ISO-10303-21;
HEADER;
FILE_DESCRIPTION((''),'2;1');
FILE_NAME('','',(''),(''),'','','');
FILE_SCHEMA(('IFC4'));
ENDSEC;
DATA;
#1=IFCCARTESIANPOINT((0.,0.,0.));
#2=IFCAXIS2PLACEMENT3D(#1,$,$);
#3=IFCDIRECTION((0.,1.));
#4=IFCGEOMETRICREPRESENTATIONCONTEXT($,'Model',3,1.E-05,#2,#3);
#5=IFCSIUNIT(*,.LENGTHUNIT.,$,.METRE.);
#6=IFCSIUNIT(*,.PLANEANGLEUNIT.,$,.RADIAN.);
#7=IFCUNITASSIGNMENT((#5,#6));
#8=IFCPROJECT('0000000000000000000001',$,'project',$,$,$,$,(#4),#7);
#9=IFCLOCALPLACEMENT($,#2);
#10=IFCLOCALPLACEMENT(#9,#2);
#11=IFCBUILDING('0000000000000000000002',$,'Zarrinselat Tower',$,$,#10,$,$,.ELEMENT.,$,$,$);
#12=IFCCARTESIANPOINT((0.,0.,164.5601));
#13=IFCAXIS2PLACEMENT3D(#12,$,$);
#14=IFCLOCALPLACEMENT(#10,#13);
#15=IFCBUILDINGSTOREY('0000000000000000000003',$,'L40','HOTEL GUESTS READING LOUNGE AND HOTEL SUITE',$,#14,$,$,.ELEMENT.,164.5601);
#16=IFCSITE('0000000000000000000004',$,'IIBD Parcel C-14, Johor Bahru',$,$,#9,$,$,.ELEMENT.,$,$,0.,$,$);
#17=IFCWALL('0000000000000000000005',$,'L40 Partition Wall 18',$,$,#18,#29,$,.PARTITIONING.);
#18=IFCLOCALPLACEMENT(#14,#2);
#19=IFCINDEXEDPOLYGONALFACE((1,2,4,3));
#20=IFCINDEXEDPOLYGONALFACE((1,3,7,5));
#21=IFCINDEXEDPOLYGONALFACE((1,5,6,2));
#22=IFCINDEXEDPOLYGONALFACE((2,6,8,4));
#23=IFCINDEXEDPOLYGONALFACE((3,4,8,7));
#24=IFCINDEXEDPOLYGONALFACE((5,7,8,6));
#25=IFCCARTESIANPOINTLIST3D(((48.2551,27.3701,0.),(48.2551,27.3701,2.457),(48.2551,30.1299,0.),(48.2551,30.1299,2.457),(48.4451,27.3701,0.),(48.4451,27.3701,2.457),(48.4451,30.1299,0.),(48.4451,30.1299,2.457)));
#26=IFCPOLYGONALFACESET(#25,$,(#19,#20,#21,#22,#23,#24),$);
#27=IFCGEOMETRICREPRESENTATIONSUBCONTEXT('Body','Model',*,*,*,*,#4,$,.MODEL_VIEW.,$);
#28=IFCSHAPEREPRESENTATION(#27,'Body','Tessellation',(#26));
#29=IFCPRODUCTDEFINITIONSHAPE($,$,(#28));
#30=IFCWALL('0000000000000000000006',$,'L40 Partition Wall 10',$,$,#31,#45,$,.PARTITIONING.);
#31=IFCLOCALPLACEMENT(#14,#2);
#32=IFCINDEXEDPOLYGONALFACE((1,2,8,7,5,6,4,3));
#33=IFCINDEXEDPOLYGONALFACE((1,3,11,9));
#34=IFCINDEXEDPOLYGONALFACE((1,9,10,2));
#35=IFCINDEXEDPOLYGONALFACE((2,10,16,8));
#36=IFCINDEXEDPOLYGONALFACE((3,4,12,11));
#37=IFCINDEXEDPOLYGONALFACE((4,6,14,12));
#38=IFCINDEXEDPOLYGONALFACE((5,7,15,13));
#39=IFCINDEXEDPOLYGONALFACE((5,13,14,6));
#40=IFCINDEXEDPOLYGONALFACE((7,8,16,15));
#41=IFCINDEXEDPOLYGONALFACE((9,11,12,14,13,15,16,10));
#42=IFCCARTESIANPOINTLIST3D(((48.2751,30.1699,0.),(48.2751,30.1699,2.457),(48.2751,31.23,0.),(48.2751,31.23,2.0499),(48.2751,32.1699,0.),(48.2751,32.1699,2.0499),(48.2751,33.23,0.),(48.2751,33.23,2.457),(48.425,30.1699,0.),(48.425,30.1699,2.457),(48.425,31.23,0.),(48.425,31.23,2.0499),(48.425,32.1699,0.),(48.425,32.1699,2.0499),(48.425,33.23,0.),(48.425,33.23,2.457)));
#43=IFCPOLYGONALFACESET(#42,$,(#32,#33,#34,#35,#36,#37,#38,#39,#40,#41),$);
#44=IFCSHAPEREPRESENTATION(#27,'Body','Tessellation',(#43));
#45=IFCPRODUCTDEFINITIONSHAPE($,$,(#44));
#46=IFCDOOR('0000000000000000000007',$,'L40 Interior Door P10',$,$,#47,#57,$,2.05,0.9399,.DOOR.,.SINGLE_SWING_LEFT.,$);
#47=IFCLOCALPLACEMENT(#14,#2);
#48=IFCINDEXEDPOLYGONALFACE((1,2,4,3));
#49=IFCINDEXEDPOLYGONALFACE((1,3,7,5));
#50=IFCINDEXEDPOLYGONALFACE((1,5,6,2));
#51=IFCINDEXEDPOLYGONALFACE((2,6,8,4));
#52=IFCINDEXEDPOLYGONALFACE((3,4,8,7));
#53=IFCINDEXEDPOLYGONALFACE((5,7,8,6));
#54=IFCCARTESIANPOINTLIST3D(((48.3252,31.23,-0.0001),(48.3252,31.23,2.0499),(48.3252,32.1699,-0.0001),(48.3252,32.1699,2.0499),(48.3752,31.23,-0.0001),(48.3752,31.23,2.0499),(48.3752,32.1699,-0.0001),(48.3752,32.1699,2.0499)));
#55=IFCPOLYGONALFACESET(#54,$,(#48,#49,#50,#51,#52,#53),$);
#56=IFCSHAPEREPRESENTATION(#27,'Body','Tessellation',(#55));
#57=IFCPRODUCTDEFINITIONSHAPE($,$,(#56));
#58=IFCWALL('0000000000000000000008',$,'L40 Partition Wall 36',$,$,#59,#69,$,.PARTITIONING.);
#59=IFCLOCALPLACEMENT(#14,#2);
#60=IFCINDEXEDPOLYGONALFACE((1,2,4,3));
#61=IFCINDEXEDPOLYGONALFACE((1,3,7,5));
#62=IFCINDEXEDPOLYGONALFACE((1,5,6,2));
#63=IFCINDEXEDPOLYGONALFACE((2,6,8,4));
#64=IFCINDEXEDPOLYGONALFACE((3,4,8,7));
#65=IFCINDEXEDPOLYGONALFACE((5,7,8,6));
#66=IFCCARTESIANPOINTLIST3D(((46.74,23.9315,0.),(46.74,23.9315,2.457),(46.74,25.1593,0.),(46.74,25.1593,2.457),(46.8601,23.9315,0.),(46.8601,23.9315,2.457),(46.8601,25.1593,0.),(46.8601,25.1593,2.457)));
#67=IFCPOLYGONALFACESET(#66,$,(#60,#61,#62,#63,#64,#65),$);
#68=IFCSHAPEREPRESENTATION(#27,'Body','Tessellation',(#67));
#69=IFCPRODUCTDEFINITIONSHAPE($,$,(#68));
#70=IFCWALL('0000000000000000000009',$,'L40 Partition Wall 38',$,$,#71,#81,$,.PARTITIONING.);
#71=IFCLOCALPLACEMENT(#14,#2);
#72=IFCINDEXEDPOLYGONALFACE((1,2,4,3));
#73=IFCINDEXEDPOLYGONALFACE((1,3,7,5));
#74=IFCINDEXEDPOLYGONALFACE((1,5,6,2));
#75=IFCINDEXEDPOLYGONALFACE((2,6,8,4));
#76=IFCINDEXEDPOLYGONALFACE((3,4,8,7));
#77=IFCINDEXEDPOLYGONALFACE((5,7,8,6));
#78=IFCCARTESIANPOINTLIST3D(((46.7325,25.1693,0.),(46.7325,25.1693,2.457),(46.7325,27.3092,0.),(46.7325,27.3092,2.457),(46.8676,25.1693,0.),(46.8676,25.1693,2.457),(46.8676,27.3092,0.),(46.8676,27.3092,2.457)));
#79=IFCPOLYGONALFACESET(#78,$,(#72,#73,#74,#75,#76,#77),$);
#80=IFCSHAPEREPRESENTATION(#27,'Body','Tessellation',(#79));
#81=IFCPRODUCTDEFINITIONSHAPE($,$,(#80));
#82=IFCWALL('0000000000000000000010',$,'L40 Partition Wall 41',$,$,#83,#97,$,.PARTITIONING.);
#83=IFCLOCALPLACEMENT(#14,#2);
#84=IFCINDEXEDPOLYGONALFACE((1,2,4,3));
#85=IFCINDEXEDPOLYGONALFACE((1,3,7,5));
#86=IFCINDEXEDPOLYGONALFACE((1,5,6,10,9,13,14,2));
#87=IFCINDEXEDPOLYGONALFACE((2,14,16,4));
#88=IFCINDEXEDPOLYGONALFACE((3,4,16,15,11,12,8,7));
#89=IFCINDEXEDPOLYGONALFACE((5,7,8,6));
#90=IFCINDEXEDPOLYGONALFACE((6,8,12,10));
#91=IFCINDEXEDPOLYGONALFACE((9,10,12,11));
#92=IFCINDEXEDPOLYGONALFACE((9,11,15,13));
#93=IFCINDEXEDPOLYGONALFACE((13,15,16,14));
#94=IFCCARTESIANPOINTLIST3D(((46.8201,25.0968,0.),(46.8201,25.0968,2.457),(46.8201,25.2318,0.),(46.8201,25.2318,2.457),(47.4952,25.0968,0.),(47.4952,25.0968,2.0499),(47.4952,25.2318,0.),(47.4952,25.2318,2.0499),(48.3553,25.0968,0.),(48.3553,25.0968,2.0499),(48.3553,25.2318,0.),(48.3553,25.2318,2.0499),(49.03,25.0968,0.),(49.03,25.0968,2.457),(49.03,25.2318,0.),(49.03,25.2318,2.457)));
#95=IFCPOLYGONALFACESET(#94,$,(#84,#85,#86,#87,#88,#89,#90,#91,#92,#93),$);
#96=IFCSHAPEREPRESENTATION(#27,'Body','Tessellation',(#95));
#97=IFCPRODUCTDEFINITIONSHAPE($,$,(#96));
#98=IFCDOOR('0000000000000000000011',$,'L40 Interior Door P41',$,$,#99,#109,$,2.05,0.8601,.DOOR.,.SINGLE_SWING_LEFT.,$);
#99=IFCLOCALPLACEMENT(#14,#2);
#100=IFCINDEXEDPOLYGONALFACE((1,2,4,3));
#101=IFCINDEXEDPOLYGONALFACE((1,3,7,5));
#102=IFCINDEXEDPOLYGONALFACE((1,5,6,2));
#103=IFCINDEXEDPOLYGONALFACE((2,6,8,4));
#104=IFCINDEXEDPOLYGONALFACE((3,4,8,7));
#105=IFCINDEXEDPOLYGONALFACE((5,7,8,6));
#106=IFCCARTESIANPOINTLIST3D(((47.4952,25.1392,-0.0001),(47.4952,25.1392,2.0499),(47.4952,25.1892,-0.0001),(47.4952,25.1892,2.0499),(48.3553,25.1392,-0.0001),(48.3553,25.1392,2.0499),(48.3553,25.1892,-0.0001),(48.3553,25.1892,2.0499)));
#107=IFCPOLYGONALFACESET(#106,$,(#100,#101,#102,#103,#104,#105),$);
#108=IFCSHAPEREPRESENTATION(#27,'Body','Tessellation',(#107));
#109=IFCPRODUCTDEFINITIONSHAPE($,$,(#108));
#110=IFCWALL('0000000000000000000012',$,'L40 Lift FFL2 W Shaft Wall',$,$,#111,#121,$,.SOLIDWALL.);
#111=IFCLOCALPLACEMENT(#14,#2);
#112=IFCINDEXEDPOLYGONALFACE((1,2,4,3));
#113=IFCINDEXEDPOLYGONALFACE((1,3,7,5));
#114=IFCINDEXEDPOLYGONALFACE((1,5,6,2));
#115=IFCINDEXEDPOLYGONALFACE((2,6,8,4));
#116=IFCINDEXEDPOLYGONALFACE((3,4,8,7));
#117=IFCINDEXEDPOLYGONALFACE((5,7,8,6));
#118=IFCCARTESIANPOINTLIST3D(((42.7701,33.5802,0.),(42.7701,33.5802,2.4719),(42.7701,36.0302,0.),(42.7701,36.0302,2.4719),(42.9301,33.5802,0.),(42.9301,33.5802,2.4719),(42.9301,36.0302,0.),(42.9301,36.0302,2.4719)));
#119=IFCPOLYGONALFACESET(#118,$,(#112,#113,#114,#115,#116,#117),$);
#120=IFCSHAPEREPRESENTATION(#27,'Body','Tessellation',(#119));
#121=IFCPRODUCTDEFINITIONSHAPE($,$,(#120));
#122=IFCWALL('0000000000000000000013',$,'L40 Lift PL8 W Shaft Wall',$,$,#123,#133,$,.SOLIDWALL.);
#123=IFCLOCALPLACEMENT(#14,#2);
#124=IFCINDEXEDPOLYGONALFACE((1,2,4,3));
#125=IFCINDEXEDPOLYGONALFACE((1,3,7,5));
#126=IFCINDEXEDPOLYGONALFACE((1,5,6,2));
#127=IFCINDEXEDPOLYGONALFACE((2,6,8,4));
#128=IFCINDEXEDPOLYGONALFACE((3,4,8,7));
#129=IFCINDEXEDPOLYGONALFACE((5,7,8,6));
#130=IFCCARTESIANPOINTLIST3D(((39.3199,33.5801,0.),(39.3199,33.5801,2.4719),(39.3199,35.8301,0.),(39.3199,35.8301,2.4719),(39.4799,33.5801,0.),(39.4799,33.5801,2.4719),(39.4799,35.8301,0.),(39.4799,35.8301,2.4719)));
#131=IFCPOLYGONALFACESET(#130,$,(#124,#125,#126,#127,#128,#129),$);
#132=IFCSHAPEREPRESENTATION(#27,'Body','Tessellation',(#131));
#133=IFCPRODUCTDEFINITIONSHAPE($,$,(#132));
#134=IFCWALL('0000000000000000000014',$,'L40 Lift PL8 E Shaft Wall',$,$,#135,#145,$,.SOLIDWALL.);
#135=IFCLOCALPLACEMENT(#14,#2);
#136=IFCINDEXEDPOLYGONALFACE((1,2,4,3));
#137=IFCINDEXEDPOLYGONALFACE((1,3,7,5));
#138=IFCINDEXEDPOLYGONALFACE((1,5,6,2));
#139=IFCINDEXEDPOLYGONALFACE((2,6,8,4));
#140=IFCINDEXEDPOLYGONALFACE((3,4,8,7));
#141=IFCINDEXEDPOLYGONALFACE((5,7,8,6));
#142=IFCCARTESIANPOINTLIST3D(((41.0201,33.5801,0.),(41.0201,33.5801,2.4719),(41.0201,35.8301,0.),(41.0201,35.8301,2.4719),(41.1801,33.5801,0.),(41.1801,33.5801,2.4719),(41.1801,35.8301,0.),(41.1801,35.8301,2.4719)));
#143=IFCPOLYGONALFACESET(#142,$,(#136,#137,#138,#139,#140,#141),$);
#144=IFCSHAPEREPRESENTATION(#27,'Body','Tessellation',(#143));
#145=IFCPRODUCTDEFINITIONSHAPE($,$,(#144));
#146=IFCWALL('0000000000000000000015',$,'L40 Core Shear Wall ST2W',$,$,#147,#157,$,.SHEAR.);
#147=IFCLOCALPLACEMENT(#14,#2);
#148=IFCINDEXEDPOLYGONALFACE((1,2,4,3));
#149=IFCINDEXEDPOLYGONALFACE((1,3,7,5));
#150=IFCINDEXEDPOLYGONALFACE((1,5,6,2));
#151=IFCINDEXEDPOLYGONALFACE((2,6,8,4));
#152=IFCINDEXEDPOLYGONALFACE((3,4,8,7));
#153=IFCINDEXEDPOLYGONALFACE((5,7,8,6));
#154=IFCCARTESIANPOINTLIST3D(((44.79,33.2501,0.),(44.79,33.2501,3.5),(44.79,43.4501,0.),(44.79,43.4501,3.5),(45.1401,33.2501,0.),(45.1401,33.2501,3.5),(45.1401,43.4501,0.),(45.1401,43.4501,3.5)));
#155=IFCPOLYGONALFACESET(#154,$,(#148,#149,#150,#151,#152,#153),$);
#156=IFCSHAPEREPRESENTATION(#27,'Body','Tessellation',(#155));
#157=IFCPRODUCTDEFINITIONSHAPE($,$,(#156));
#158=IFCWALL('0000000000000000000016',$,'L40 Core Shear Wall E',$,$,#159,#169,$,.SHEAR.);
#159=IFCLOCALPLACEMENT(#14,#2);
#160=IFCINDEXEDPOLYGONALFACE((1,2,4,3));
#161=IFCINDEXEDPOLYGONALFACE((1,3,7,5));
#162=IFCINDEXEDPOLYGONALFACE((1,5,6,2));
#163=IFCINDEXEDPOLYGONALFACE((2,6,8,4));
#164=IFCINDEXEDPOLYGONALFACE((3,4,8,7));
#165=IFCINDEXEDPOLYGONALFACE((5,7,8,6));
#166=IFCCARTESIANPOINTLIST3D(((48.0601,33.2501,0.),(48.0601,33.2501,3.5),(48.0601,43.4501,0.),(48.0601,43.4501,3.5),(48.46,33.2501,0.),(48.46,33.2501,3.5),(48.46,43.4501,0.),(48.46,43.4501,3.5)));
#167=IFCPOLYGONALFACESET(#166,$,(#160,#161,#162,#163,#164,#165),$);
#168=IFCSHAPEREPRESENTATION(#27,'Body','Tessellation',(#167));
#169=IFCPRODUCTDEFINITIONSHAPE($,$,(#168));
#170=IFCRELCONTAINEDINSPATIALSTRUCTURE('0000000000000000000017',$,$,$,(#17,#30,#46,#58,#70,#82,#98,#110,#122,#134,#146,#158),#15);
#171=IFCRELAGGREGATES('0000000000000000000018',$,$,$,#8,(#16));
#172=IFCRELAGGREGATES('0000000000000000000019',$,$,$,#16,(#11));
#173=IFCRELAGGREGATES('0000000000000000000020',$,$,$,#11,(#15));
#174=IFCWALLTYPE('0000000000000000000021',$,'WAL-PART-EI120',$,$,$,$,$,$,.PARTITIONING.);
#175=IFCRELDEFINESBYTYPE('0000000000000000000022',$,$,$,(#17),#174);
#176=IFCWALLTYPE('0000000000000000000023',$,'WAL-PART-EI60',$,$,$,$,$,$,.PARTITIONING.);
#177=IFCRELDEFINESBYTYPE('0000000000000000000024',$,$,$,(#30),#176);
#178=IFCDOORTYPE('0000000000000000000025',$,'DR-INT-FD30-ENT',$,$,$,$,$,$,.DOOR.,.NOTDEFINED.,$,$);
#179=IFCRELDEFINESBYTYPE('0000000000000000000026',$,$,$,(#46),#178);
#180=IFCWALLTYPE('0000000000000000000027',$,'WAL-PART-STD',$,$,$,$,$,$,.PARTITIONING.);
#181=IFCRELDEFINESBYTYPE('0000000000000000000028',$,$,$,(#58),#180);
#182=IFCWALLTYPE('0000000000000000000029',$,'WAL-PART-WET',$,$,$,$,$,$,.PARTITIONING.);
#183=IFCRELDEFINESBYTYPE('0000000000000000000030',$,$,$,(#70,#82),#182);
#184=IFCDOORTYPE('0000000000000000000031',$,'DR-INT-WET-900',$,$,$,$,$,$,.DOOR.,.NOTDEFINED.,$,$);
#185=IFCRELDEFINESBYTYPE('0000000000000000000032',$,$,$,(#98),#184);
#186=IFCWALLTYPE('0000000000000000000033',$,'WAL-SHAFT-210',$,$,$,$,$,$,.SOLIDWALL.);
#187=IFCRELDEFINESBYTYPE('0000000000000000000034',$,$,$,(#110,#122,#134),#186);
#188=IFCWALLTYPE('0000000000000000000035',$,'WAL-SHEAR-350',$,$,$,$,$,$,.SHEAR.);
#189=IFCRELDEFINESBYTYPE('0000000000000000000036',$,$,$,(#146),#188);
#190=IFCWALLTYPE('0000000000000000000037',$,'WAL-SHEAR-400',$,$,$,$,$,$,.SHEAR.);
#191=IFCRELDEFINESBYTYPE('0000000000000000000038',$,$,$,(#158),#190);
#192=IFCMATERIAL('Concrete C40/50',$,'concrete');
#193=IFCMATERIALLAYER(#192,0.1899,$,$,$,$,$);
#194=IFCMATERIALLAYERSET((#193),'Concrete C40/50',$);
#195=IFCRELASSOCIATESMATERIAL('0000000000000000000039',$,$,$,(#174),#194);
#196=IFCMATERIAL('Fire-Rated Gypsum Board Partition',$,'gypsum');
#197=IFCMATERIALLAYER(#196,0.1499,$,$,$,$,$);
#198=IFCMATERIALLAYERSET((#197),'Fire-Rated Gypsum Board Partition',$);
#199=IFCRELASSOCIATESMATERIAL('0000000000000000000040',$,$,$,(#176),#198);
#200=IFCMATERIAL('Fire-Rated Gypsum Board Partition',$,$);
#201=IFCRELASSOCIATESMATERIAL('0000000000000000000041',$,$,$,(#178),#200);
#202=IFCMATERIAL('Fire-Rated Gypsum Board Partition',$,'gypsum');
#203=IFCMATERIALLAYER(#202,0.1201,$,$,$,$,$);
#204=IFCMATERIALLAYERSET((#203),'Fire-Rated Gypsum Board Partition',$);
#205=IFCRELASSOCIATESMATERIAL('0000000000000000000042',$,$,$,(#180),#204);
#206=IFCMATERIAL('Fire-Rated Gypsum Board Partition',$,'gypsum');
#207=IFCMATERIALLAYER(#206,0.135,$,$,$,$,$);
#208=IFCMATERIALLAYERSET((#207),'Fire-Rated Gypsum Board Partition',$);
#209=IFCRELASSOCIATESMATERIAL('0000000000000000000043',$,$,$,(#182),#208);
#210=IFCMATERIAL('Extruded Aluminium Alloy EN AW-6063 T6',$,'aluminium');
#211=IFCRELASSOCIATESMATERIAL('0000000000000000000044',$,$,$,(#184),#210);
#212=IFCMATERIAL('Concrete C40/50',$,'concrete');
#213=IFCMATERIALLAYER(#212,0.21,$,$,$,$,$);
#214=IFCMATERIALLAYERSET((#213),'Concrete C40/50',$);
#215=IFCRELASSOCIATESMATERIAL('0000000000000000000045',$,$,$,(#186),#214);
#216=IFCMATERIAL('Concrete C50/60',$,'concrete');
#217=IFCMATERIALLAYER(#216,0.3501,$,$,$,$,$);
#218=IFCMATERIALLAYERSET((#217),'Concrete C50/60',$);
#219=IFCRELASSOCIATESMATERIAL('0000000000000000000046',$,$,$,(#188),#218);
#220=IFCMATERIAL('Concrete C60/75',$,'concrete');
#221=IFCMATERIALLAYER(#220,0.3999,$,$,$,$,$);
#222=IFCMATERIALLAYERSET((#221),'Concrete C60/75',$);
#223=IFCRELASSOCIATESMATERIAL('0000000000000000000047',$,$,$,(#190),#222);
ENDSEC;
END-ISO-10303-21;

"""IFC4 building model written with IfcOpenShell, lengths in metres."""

from ifc_helpers import new_model, si_unit, direction, frame, frame_2d, origin, place, context, subcontext, project, spatial, rectangle, extrude, material, layer, layer_set, type_object, element, fill, save


model = new_model("IFC4")

# Units and contexts
model_context = context("Model", 3, precision=1e-05, world=origin(), true_north=direction((0.0, 1.0)))
body_context = subcontext(model_context, "Body", "Model", "MODEL_VIEW")
ifc_project = project(units=[si_unit("LENGTHUNIT", "METRE"), si_unit("PLANEANGLEUNIT", "RADIAN")], contexts=[model_context])

# Site, building, storey
site_placement = place(None, origin())
site = spatial("IfcSite", under=ifc_project, at=site_placement, Name="IIBD Parcel C-14, Johor Bahru", CompositionType="ELEMENT", RefElevation=0.0)
building_placement = place(site_placement, origin())
building = spatial("IfcBuilding", under=site, at=building_placement, Name="Zarrinselat Tower", CompositionType="ELEMENT")
storey_placement = place(building_placement, frame((0.0, 0.0, 164.5601)))
storey = spatial("IfcBuildingStorey", under=building, at=storey_placement, Name="L40", Description="HOTEL GUESTS READING LOUNGE AND HOTEL SUITE", CompositionType="ELEMENT", Elevation=164.5601)

# Shared definitions
ifc_material_1 = material(Name="Concrete C40/50", Category="concrete")
ifc_layer_1 = layer(ifc_material_1, 0.1899)
ifc_layer_set_1 = layer_set([ifc_layer_1], Name="Concrete C40/50")
wall_type_1 = type_object("IfcWallType", Name="WAL-PART-EI120", PredefinedType="PARTITIONING", material=ifc_layer_set_1)

# Wall
wall_1_placement = place(storey_placement, frame((48.3501, 27.3701, 0.0), z_axis=(0.0, 0.0, 1.0), x_axis=(0.0, 1.0, 0.0)))
element("IfcWall", 1, at=wall_1_placement, inside=storey, type_object=wall_type_1, Name="L40 Partition Wall 18", PredefinedType="PARTITIONING", context=body_context, shape_type="SweptSolid", body=[
    extrude(rectangle(XDim=2.7598, YDim=0.1899, at=frame_2d((1.3799, 0.0))), origin(), (0.0, 0.0, 1.0), 2.457),
])

# Wall, opening, door
ifc_material_2 = material(Name="Fire-Rated Gypsum Board Partition", Category="gypsum")
ifc_layer_2 = layer(ifc_material_2, 0.1499)
ifc_layer_set_2 = layer_set([ifc_layer_2], Name="Fire-Rated Gypsum Board Partition")
wall_type_2 = type_object("IfcWallType", Name="WAL-PART-EI60", PredefinedType="PARTITIONING", material=ifc_layer_set_2)
wall_2_placement = place(storey_placement, frame((48.3501, 30.1699, 0.0), z_axis=(0.0, 0.0, 1.0), x_axis=(0.0, 1.0, 0.0)))
wall_2 = element("IfcWall", 2, at=wall_2_placement, inside=storey, type_object=wall_type_2, Name="L40 Partition Wall 10", PredefinedType="PARTITIONING", context=body_context, shape_type="SweptSolid", body=[
    extrude(rectangle(XDim=3.0601, YDim=0.1499, at=frame_2d((1.53, 0.0))), origin(), (0.0, 0.0, 1.0), 2.457),
])
opening_1_placement = place(wall_2_placement, frame((1.0601, 0.0, 0.0)))
opening_1 = element("IfcOpeningElement", 3, at=opening_1_placement, cuts=wall_2, PredefinedType="OPENING", context=body_context, shape_type="SweptSolid", body=[
    extrude(rectangle(XDim=0.9399, YDim=2.05, at=frame_2d((0.47, 1.0249))), frame((0.0, 0.085, 0.0), z_axis=(0.0, -1.0, 0.0), x_axis=(1.0, 0.0, 0.0)), (0.0, 0.0, 1.0), 0.1699),
])
ifc_material_3 = material(Name="Fire-Rated Gypsum Board Partition")
door_type_1 = type_object("IfcDoorType", Name="DR-INT-FD30-ENT", OperationType="NOTDEFINED", PredefinedType="DOOR", material=ifc_material_3)
door_1_placement = place(opening_1_placement, origin())
door_1 = element("IfcDoor", 4, at=door_1_placement, inside=storey, type_object=door_type_1, Name="L40 Interior Door P10", OperationType="SINGLE_SWING_LEFT", OverallHeight=2.05, OverallWidth=0.9399, PredefinedType="DOOR", context=body_context, shape_type="SweptSolid", body=[
    extrude(rectangle(XDim=0.9399, YDim=2.05, at=frame_2d((0.47, 1.0249))), frame((0.0, 0.0249, 0.0), z_axis=(0.0, -1.0, 0.0), x_axis=(1.0, 0.0, 0.0)), (0.0, 0.0, 1.0), 0.05),
])
fill(opening_1, door_1)

# Walls
ifc_material_4 = material(Name="Fire-Rated Gypsum Board Partition", Category="gypsum")
ifc_layer_3 = layer(ifc_material_4, 0.1201)
ifc_layer_set_3 = layer_set([ifc_layer_3], Name="Fire-Rated Gypsum Board Partition")
wall_type_3 = type_object("IfcWallType", Name="WAL-PART-STD", PredefinedType="PARTITIONING", material=ifc_layer_set_3)
wall_3_placement = place(storey_placement, frame((46.8, 23.9316, 0.0), z_axis=(0.0, 0.0, 1.0), x_axis=(0.0, 1.0, 0.0)))
element("IfcWall", 5, at=wall_3_placement, inside=storey, type_object=wall_type_3, Name="L40 Partition Wall 36", PredefinedType="PARTITIONING", context=body_context, shape_type="SweptSolid", body=[
    extrude(rectangle(XDim=1.2278, YDim=0.1201, at=frame_2d((0.6138, 0.0))), origin(), (0.0, 0.0, 1.0), 2.457),
])
ifc_material_5 = material(Name="Fire-Rated Gypsum Board Partition", Category="gypsum")
ifc_layer_4 = layer(ifc_material_5, 0.135)
ifc_layer_set_4 = layer_set([ifc_layer_4], Name="Fire-Rated Gypsum Board Partition")
wall_type_4 = type_object("IfcWallType", Name="WAL-PART-WET", PredefinedType="PARTITIONING", material=ifc_layer_set_4)
wall_4_placement = place(storey_placement, frame((46.8, 25.1694, 0.0), z_axis=(0.0, 0.0, 1.0), x_axis=(0.0, 1.0, 0.0)))
element("IfcWall", 6, at=wall_4_placement, inside=storey, type_object=wall_type_4, Name="L40 Partition Wall 38", PredefinedType="PARTITIONING", context=body_context, shape_type="SweptSolid", body=[
    extrude(rectangle(XDim=2.1399, YDim=0.135, at=frame_2d((1.0698, 0.0))), origin(), (0.0, 0.0, 1.0), 2.457),
])

# Wall, opening, door
wall_5_placement = place(storey_placement, frame((46.8201, 25.1643, 0.0), z_axis=(0.0, 0.0, 1.0), x_axis=(1.0, 0.0, 0.0)))
wall_5 = element("IfcWall", 7, at=wall_5_placement, inside=storey, type_object=wall_type_4, Name="L40 Partition Wall 41", PredefinedType="PARTITIONING", context=body_context, shape_type="SweptSolid", body=[
    extrude(rectangle(XDim=2.21, YDim=0.135, at=frame_2d((1.105, 0.0))), origin(), (0.0, 0.0, 1.0), 2.457),
])
opening_2_placement = place(wall_5_placement, frame((0.675, 0.0, 0.0)))
opening_2 = element("IfcOpeningElement", 8, at=opening_2_placement, cuts=wall_5, PredefinedType="OPENING", context=body_context, shape_type="SweptSolid", body=[
    extrude(rectangle(XDim=0.8601, YDim=2.05, at=frame_2d((0.4302, 1.0249))), frame((0.0, 0.0774, 0.0), z_axis=(0.0, -1.0, 0.0), x_axis=(1.0, 0.0, 0.0)), (0.0, 0.0, 1.0), 0.155),
])
ifc_material_6 = material(Name="Extruded Aluminium Alloy EN AW-6063 T6", Category="aluminium")
door_type_2 = type_object("IfcDoorType", Name="DR-INT-WET-900", OperationType="NOTDEFINED", PredefinedType="DOOR", material=ifc_material_6)
door_2_placement = place(opening_2_placement, origin())
door_2 = element("IfcDoor", 9, at=door_2_placement, inside=storey, type_object=door_type_2, Name="L40 Interior Door P41", OperationType="SINGLE_SWING_LEFT", OverallHeight=2.05, OverallWidth=0.8601, PredefinedType="DOOR", context=body_context, shape_type="SweptSolid", body=[
    extrude(rectangle(XDim=0.8601, YDim=2.05, at=frame_2d((0.4302, 1.0249))), frame((0.0, 0.0249, 0.0), z_axis=(0.0, -1.0, 0.0), x_axis=(1.0, 0.0, 0.0)), (0.0, 0.0, 1.0), 0.05),
])
fill(opening_2, door_2)

# Walls
ifc_material_7 = material(Name="Concrete C40/50", Category="concrete")
ifc_layer_5 = layer(ifc_material_7, 0.21)
ifc_layer_set_5 = layer_set([ifc_layer_5], Name="Concrete C40/50")
wall_type_5 = type_object("IfcWallType", Name="WAL-SHAFT-210", PredefinedType="SOLIDWALL", material=ifc_layer_set_5)
wall_6_placement = place(storey_placement, frame((42.8501, 33.5801, 0.0), z_axis=(0.0, 0.0, 1.0), x_axis=(0.0, 1.0, 0.0)))
element("IfcWall", 10, at=wall_6_placement, inside=storey, type_object=wall_type_5, Name="L40 Lift FFL2 W Shaft Wall", PredefinedType="SOLIDWALL", context=body_context, shape_type="SweptSolid", body=[
    extrude(rectangle(XDim=2.45, YDim=0.1599, at=frame_2d((1.2251, 0.0))), origin(), (0.0, 0.0, 1.0), 2.4719),
])
for number, where, z_axis, x_axis, name in (
    (11, (39.3999, 33.5801, 0.0), (0.0, 0.0, 1.0), (0.0, 1.0, 0.0), "L40 Lift PL8 W Shaft Wall"),
    (12, (41.1001, 33.5801, 0.0), (0.0, 0.0, 1.0), (0.0, 1.0, 0.0), "L40 Lift PL8 E Shaft Wall"),
):
    element("IfcWall", number, at=place(storey_placement, frame(where, z_axis=z_axis, x_axis=x_axis)), inside=storey, type_object=wall_type_5, Name=name, PredefinedType="SOLIDWALL", context=body_context, shape_type="SweptSolid", body=[
        extrude(rectangle(XDim=2.25, YDim=0.1599, at=frame_2d((1.125, 0.0))), origin(), (0.0, 0.0, 1.0), 2.4719),
    ])
ifc_material_8 = material(Name="Concrete C50/60", Category="concrete")
ifc_layer_6 = layer(ifc_material_8, 0.3501)
ifc_layer_set_6 = layer_set([ifc_layer_6], Name="Concrete C50/60")
wall_type_6 = type_object("IfcWallType", Name="WAL-SHEAR-350", PredefinedType="SHEAR", material=ifc_layer_set_6)
wall_7_placement = place(storey_placement, frame((44.9651, 33.25, 0.0), z_axis=(0.0, 0.0, 1.0), x_axis=(0.0, 1.0, 0.0)))
element("IfcWall", 13, at=wall_7_placement, inside=storey, type_object=wall_type_6, Name="L40 Core Shear Wall ST2W", PredefinedType="SHEAR", context=body_context, shape_type="SweptSolid", body=[
    extrude(rectangle(XDim=10.2, YDim=0.3501, at=frame_2d((5.1001, 0.0))), origin(), (0.0, 0.0, 1.0), 3.5),
])
ifc_material_9 = material(Name="Concrete C60/75", Category="concrete")
ifc_layer_7 = layer(ifc_material_9, 0.3999)
ifc_layer_set_7 = layer_set([ifc_layer_7], Name="Concrete C60/75")
wall_type_7 = type_object("IfcWallType", Name="WAL-SHEAR-400", PredefinedType="SHEAR", material=ifc_layer_set_7)
wall_8_placement = place(storey_placement, frame((48.26, 33.25, 0.0), z_axis=(0.0, 0.0, 1.0), x_axis=(0.0, 1.0, 0.0)))
element("IfcWall", 14, at=wall_8_placement, inside=storey, type_object=wall_type_7, Name="L40 Core Shear Wall E", PredefinedType="SHEAR", context=body_context, shape_type="SweptSolid", body=[
    extrude(rectangle(XDim=10.2, YDim=0.3999, at=frame_2d((5.1001, 0.0))), origin(), (0.0, 0.0, 1.0), 3.5),
])

save(model, "model.ifc")
